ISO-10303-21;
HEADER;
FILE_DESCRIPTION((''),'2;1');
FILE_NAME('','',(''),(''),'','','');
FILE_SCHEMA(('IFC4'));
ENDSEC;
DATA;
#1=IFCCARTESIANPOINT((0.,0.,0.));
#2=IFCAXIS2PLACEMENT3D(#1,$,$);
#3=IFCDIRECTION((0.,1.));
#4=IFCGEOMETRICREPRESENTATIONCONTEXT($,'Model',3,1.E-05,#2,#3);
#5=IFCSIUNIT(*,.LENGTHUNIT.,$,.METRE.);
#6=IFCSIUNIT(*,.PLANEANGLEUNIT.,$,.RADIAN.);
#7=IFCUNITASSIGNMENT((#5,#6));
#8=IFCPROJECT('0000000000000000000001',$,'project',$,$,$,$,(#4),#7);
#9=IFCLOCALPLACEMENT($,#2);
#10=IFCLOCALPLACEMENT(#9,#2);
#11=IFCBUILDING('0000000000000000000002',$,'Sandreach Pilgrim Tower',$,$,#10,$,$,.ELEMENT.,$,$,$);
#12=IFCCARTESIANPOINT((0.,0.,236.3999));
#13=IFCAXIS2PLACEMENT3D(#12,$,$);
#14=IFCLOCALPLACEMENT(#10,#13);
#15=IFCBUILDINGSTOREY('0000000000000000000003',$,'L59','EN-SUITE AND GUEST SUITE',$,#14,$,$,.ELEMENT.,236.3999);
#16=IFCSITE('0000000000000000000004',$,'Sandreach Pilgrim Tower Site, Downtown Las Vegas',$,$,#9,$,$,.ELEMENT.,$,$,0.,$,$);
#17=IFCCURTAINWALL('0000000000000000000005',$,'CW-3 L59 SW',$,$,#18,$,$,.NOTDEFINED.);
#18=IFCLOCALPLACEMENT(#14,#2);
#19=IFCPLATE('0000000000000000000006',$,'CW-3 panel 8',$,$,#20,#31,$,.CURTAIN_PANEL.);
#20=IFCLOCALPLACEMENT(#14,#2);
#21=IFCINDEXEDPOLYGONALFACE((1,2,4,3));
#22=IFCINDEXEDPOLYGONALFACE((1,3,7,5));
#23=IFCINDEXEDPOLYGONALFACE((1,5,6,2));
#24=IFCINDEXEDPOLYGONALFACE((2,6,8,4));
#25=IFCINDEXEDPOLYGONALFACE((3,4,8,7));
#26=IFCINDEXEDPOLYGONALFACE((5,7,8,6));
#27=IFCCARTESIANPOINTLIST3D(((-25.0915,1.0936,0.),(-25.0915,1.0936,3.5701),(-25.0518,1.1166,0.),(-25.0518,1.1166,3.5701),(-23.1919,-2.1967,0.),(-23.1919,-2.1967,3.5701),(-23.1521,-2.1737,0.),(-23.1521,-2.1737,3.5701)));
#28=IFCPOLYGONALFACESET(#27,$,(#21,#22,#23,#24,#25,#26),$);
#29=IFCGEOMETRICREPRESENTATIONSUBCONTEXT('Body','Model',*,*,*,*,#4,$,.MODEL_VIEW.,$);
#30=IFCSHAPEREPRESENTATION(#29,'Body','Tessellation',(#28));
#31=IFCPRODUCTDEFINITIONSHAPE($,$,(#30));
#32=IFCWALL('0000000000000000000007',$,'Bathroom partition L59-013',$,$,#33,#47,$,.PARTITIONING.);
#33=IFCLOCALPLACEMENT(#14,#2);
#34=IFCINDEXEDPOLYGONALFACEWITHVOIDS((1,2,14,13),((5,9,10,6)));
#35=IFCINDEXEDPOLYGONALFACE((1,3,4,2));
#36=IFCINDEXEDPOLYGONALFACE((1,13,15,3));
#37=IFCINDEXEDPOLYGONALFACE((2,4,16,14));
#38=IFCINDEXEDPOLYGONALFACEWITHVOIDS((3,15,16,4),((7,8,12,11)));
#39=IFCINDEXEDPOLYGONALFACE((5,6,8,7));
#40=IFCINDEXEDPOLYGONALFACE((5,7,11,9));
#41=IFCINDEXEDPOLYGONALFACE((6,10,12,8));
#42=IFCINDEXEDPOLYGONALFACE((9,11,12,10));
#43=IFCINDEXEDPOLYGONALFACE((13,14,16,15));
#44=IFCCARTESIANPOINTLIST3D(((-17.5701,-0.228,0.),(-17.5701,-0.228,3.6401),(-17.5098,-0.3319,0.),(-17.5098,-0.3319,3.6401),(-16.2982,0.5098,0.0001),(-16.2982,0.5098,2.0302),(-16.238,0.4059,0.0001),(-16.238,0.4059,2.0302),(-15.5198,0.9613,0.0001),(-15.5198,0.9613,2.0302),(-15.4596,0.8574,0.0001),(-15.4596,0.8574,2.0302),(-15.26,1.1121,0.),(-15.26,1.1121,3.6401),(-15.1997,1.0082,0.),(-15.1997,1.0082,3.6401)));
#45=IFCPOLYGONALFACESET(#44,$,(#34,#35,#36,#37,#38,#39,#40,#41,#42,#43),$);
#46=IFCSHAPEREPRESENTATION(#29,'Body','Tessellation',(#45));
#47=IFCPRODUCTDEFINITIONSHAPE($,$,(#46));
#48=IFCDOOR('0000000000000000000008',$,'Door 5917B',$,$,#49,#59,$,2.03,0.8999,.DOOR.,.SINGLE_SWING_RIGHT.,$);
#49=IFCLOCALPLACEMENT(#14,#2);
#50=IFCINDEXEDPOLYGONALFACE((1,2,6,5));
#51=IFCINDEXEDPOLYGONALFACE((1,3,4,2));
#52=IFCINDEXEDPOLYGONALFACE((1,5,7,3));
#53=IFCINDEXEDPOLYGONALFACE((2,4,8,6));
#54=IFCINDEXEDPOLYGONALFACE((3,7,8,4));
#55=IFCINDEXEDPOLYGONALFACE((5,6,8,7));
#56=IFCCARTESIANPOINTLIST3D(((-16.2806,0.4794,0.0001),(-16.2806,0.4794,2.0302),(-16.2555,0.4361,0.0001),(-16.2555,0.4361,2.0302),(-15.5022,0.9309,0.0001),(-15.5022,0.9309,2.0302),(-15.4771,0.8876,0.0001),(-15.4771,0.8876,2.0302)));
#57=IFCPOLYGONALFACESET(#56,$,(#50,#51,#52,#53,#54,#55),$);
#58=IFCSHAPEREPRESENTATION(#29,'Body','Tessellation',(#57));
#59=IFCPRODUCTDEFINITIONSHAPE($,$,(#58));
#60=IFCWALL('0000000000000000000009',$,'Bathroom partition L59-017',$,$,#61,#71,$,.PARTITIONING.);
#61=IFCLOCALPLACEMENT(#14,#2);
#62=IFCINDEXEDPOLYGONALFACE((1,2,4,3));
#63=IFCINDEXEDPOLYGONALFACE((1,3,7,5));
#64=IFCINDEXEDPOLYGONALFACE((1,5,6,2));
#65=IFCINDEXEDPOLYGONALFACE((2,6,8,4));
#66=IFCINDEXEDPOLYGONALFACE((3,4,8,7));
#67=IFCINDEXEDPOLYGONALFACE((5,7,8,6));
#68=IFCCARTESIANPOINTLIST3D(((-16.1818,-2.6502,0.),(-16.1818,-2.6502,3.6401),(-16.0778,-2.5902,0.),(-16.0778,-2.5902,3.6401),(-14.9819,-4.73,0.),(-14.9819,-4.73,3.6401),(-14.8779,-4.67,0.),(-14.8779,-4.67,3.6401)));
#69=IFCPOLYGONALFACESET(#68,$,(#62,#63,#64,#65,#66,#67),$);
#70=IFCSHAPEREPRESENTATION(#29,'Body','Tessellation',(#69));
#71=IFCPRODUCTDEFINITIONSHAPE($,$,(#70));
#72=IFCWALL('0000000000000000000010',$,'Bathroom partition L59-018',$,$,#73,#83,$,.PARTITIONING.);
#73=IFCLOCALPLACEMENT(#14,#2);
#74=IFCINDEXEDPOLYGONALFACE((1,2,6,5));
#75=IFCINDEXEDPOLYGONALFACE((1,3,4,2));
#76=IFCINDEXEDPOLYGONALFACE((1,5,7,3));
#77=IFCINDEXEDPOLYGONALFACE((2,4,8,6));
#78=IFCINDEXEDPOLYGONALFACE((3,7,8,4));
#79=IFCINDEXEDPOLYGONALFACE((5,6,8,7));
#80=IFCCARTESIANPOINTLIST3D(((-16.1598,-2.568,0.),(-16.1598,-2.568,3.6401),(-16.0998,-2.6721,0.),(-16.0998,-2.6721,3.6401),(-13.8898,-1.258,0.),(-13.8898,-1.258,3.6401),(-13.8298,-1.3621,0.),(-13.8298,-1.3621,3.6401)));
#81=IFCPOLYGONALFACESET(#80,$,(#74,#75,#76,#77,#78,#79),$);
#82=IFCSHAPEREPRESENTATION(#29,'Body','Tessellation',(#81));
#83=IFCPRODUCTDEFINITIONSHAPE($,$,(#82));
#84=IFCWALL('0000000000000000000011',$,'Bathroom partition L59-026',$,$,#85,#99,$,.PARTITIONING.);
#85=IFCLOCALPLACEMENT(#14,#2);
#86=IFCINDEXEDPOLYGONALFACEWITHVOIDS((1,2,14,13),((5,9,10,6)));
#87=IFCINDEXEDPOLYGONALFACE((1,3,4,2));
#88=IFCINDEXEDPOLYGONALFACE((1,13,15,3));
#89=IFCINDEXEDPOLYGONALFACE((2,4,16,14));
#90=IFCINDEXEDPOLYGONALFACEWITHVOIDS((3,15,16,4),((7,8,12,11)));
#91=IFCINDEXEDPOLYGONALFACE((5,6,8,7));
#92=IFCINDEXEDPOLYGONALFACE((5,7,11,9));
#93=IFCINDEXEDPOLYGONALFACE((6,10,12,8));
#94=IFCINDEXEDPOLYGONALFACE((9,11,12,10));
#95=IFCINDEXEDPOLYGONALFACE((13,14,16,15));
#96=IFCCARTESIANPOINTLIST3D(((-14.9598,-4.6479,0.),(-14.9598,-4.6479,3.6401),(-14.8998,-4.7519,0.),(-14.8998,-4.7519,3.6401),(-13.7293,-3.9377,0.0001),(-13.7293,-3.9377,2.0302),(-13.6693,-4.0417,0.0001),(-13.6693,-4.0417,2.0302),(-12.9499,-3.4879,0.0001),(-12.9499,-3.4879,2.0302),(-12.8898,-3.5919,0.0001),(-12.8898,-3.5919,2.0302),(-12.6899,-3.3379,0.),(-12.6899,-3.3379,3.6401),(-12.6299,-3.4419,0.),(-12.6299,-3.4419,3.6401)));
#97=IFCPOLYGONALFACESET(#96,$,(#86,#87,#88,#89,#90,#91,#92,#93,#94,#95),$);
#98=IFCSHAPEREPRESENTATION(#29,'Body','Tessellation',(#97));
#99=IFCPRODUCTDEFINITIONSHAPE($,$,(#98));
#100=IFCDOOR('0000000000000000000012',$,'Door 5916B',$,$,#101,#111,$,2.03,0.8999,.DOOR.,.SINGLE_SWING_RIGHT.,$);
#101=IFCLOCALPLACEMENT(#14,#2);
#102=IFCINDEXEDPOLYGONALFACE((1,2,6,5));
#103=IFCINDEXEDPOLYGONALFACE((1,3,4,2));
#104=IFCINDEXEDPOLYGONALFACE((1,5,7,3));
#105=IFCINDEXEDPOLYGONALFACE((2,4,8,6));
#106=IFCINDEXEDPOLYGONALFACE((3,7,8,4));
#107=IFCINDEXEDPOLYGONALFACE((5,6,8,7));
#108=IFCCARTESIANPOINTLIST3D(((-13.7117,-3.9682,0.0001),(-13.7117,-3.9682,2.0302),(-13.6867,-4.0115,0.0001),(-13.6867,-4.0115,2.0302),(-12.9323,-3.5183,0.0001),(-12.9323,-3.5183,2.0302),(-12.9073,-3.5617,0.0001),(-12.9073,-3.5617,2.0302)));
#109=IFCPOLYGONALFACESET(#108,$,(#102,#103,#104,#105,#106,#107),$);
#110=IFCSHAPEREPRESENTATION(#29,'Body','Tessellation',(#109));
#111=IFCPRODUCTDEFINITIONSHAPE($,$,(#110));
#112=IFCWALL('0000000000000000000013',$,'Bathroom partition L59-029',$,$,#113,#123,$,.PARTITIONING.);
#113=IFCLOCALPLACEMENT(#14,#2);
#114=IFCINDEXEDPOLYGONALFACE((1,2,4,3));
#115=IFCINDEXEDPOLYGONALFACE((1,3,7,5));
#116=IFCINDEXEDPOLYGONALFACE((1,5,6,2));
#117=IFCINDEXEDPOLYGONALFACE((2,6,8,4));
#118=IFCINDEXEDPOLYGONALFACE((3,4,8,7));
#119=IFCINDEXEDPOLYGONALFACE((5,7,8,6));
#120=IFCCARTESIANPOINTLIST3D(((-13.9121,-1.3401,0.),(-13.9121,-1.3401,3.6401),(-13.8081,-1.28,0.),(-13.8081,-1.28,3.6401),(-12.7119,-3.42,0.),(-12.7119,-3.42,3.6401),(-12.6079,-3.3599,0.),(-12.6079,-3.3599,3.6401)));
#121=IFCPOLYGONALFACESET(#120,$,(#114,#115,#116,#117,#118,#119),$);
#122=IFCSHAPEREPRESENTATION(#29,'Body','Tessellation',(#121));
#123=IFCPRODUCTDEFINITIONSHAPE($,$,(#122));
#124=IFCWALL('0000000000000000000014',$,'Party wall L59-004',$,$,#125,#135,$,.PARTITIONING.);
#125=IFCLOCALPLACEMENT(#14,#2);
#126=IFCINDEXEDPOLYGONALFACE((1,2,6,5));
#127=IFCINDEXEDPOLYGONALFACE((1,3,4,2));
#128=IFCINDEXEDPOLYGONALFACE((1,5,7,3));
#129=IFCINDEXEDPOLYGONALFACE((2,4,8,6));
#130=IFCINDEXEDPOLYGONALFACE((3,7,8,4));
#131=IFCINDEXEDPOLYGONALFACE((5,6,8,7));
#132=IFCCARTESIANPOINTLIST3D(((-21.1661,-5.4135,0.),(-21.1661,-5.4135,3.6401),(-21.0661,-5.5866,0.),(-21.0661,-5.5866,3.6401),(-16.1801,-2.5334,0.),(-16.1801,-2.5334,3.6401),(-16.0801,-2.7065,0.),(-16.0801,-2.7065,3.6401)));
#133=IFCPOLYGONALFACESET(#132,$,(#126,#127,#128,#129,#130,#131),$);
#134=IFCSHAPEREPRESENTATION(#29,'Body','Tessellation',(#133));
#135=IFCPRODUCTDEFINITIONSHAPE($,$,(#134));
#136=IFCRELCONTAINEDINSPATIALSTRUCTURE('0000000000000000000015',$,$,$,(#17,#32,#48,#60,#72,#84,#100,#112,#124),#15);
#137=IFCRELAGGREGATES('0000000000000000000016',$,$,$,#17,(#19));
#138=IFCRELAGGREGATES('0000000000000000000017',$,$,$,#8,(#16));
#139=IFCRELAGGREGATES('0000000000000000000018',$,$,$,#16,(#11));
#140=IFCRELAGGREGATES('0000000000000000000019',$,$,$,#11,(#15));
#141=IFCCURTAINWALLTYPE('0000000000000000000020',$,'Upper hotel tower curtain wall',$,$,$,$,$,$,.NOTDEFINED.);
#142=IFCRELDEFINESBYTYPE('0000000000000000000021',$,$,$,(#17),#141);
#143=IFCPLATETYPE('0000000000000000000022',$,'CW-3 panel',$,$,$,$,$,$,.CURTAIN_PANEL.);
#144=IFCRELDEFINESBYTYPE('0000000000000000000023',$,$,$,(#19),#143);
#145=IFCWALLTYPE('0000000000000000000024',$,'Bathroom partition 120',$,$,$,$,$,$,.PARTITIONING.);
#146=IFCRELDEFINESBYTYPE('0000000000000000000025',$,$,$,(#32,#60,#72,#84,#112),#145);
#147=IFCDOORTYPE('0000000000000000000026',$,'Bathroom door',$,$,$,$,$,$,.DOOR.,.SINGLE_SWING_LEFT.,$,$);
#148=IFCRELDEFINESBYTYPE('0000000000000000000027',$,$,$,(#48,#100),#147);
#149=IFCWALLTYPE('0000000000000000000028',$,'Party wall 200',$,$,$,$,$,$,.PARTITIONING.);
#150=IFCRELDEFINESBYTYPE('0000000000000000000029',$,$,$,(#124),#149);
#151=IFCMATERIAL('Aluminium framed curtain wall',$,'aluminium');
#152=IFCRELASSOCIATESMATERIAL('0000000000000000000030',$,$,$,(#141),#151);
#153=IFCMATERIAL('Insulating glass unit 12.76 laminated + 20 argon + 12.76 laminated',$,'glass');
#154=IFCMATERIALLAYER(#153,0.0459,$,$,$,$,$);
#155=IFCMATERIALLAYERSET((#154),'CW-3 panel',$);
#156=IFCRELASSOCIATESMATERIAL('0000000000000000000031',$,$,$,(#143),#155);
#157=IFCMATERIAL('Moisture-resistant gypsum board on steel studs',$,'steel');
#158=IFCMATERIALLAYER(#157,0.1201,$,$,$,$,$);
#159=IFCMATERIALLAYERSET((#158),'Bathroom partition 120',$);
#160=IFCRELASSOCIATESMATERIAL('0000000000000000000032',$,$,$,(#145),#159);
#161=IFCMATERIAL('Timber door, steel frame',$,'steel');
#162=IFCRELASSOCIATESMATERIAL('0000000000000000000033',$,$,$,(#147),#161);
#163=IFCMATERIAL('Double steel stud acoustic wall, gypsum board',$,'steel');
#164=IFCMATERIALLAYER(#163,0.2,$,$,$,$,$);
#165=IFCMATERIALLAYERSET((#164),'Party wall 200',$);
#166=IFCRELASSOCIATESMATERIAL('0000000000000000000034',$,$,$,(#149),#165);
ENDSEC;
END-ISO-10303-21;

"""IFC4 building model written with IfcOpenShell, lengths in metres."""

from ifc_helpers import new_model, si_unit, direction, frame, frame_2d, origin, origin_2d, place, context, subcontext, project, spatial, rectangle, extrude, material, layer, layer_set, type_object, element, fill, aggregate, save


model = new_model("IFC4")

# Units and contexts
model_context = context("Model", 3, precision=1e-05, world=origin(), true_north=direction((0.0, 1.0)))
body_context = subcontext(model_context, "Body", "Model", "MODEL_VIEW")
ifc_project = project(units=[si_unit("LENGTHUNIT", "METRE"), si_unit("PLANEANGLEUNIT", "RADIAN")], contexts=[model_context])

# Site, building, storey
site_placement = place(None, origin())
site = spatial("IfcSite", under=ifc_project, at=site_placement, Name="Sandreach Pilgrim Tower Site, Downtown Las Vegas", CompositionType="ELEMENT", RefElevation=0.0)
building_placement = place(site_placement, origin())
building = spatial("IfcBuilding", under=site, at=building_placement, Name="Sandreach Pilgrim Tower", CompositionType="ELEMENT")
storey_placement = place(building_placement, frame((0.0, 0.0, 236.3999)))
storey = spatial("IfcBuildingStorey", under=building, at=storey_placement, Name="L59", Description="EN-SUITE AND GUEST SUITE", CompositionType="ELEMENT", Elevation=236.3999)

# Curtain wall
ifc_material_1 = material(Name="Aluminium framed curtain wall", Category="aluminium")
curtain_wall_type = type_object("IfcCurtainWallType", Name="Upper hotel tower curtain wall", PredefinedType="NOTDEFINED", material=ifc_material_1)
curtain_wall_placement = place(storey_placement, origin())
curtain_wall = element("IfcCurtainWall", 1, at=curtain_wall_placement, inside=storey, type_object=curtain_wall_type, Name="CW-3 L59 SW", PredefinedType="NOTDEFINED")

# Plate
ifc_material_2 = material(Name="Insulating glass unit 12.76 laminated + 20 argon + 12.76 laminated", Category="glass")
ifc_layer_1 = layer(ifc_material_2, 0.0459)
ifc_layer_set_1 = layer_set([ifc_layer_1], Name="CW-3 panel")
plate_type = type_object("IfcPlateType", Name="CW-3 panel", PredefinedType="CURTAIN_PANEL", material=ifc_layer_set_1)
plate_1_placement = place(storey_placement, frame((-24.1218, -0.54, 0.0), z_axis=(0.0, 0.0, 1.0), x_axis=(-0.5, 0.866025, 0.0)))
plate_1 = element("IfcPlate", 2, at=plate_1_placement, type_object=plate_type, Name="CW-3 panel 8", PredefinedType="CURTAIN_PANEL", context=body_context, shape_type="SweptSolid", body=[
    extrude(rectangle(XDim=3.7993, YDim=0.0459, at=origin_2d()), origin(), (0.0, 0.0, 1.0), 3.5701),
])
aggregate(curtain_wall, [plate_1])

# Wall, opening, door
ifc_material_3 = material(Name="Moisture-resistant gypsum board on steel studs", Category="steel")
ifc_layer_2 = layer(ifc_material_3, 0.1201)
ifc_layer_set_2 = layer_set([ifc_layer_2], Name="Bathroom partition 120")
wall_type_1 = type_object("IfcWallType", Name="Bathroom partition 120", PredefinedType="PARTITIONING", material=ifc_layer_set_2)
wall_1_placement = place(storey_placement, frame((-17.54, -0.28, 0.0), z_axis=(0.0, 0.0, 1.0), x_axis=(0.86499, 0.501789, 0.0)))
wall_1 = element("IfcWall", 3, at=wall_1_placement, inside=storey, type_object=wall_type_1, Name="Bathroom partition L59-013", PredefinedType="PARTITIONING", context=body_context, shape_type="SweptSolid", body=[
    extrude(rectangle(XDim=2.6707, YDim=0.1201, at=frame_2d((1.3354, 0.0))), origin(), (0.0, 0.0, 1.0), 3.6401),
])
opening_1_placement = place(wall_1_placement, frame((1.4705, 0.0, 0.0)))
opening_1 = element("IfcOpeningElement", 4, at=opening_1_placement, cuts=wall_1, PredefinedType="OPENING", context=body_context, shape_type="SweptSolid", body=[
    extrude(rectangle(XDim=0.8999, YDim=2.03, at=frame_2d((0.45, 1.0151))), frame((0.0, 0.0601, 0.0), z_axis=(0.0, -1.0, 0.0), x_axis=(1.0, 0.0, 0.0)), (0.0, 0.0, 1.0), 0.1201),
])
ifc_material_4 = material(Name="Timber door, steel frame", Category="steel")
door_type_1 = type_object("IfcDoorType", Name="Bathroom door", OperationType="SINGLE_SWING_LEFT", PredefinedType="DOOR", material=ifc_material_4)
door_1_placement = place(opening_1_placement, origin())
door_1 = element("IfcDoor", 5, at=door_1_placement, inside=storey, type_object=door_type_1, Name="Door 5917B", OperationType="SINGLE_SWING_RIGHT", OverallHeight=2.03, OverallWidth=0.8999, PredefinedType="DOOR", context=body_context, shape_type="SweptSolid", body=[
    extrude(rectangle(XDim=0.8999, YDim=2.03, at=frame_2d((0.45, 1.0151))), frame((0.0, 0.0249, 0.0), z_axis=(0.0, -1.0, 0.0), x_axis=(1.0, 0.0, 0.0)), (0.0, 0.0, 1.0), 0.05),
])
fill(opening_1, door_1)

# Walls
wall_2_placement = place(storey_placement, frame((-16.1299, -2.6201, 0.0), z_axis=(0.0, 0.0, 1.0), x_axis=(0.499737, -0.866177, 0.0)))
element("IfcWall", 6, at=wall_2_placement, inside=storey, type_object=wall_type_1, Name="Bathroom partition L59-017", PredefinedType="PARTITIONING", context=body_context, shape_type="SweptSolid", body=[
    extrude(rectangle(XDim=2.4011, YDim=0.1201, at=frame_2d((1.2007, 0.0))), origin(), (0.0, 0.0, 1.0), 3.6401),
])
wall_3_placement = place(storey_placement, frame((-16.1299, -2.6201, 0.0), z_axis=(0.0, 0.0, 1.0), x_axis=(0.866114, 0.499846, 0.0)))
element("IfcWall", 7, at=wall_3_placement, inside=storey, type_object=wall_type_1, Name="Bathroom partition L59-018", PredefinedType="PARTITIONING", context=body_context, shape_type="SweptSolid", body=[
    extrude(rectangle(XDim=2.6208, YDim=0.1201, at=frame_2d((1.3105, 0.0))), origin(), (0.0, 0.0, 1.0), 3.6401),
])

# Wall, opening, door
wall_4_placement = place(storey_placement, frame((-14.9299, -4.7, 0.0), z_axis=(0.0, 0.0, 1.0), x_axis=(0.866114, 0.499846, 0.0)))
wall_4 = element("IfcWall", 8, at=wall_4_placement, inside=storey, type_object=wall_type_1, Name="Bathroom partition L59-026", PredefinedType="PARTITIONING", context=body_context, shape_type="SweptSolid", body=[
    extrude(rectangle(XDim=2.6208, YDim=0.1201, at=frame_2d((1.3105, 0.0))), origin(), (0.0, 0.0, 1.0), 3.6401),
])
opening_2_placement = place(wall_4_placement, frame((1.4209, 0.0, 0.0)))
opening_2 = element("IfcOpeningElement", 9, at=opening_2_placement, cuts=wall_4, PredefinedType="OPENING", context=body_context, shape_type="SweptSolid", body=[
    extrude(rectangle(XDim=0.8999, YDim=2.03, at=frame_2d((0.45, 1.0151))), frame((0.0, 0.0601, 0.0), z_axis=(0.0, -1.0, 0.0), x_axis=(1.0, 0.0, 0.0)), (0.0, 0.0, 1.0), 0.1201),
])
door_2_placement = place(opening_2_placement, origin())
door_2 = element("IfcDoor", 10, at=door_2_placement, inside=storey, type_object=door_type_1, Name="Door 5916B", OperationType="SINGLE_SWING_RIGHT", OverallHeight=2.03, OverallWidth=0.8999, PredefinedType="DOOR", context=body_context, shape_type="SweptSolid", body=[
    extrude(rectangle(XDim=0.8999, YDim=2.03, at=frame_2d((0.45, 1.0151))), frame((0.0, 0.0249, 0.0), z_axis=(0.0, -1.0, 0.0), x_axis=(1.0, 0.0, 0.0)), (0.0, 0.0, 1.0), 0.05),
])
fill(opening_2, door_2)

# Wall
wall_5_placement = place(storey_placement, frame((-13.8601, -1.3101, 0.0), z_axis=(0.0, 0.0, 1.0), x_axis=(0.499813, -0.866133, 0.0)))
element("IfcWall", 11, at=wall_5_placement, inside=storey, type_object=wall_type_1, Name="Bathroom partition L59-029", PredefinedType="PARTITIONING", context=body_context, shape_type="SweptSolid", body=[
    extrude(rectangle(XDim=2.4014, YDim=0.1201, at=frame_2d((1.2007, 0.0))), origin(), (0.0, 0.0, 1.0), 3.6401),
])

# Wall
ifc_material_5 = material(Name="Double steel stud acoustic wall, gypsum board", Category="steel")
ifc_layer_3 = layer(ifc_material_5, 0.2)
ifc_layer_set_3 = layer_set([ifc_layer_3], Name="Party wall 200")
wall_type_2 = type_object("IfcWallType", Name="Party wall 200", PredefinedType="PARTITIONING", material=ifc_layer_set_3)
wall_6_placement = place(storey_placement, frame((-21.116, -5.5, 0.0), z_axis=(0.0, 0.0, 1.0), x_axis=(0.865919, 0.500184, 0.0)))
element("IfcWall", 12, at=wall_6_placement, inside=storey, type_object=wall_type_2, Name="Party wall L59-004", PredefinedType="PARTITIONING", context=body_context, shape_type="SweptSolid", body=[
    extrude(rectangle(XDim=5.7581, YDim=0.2, at=frame_2d((2.8789, 0.0))), origin(), (0.0, 0.0, 1.0), 3.6401),
])

save(model, "model.ifc")
